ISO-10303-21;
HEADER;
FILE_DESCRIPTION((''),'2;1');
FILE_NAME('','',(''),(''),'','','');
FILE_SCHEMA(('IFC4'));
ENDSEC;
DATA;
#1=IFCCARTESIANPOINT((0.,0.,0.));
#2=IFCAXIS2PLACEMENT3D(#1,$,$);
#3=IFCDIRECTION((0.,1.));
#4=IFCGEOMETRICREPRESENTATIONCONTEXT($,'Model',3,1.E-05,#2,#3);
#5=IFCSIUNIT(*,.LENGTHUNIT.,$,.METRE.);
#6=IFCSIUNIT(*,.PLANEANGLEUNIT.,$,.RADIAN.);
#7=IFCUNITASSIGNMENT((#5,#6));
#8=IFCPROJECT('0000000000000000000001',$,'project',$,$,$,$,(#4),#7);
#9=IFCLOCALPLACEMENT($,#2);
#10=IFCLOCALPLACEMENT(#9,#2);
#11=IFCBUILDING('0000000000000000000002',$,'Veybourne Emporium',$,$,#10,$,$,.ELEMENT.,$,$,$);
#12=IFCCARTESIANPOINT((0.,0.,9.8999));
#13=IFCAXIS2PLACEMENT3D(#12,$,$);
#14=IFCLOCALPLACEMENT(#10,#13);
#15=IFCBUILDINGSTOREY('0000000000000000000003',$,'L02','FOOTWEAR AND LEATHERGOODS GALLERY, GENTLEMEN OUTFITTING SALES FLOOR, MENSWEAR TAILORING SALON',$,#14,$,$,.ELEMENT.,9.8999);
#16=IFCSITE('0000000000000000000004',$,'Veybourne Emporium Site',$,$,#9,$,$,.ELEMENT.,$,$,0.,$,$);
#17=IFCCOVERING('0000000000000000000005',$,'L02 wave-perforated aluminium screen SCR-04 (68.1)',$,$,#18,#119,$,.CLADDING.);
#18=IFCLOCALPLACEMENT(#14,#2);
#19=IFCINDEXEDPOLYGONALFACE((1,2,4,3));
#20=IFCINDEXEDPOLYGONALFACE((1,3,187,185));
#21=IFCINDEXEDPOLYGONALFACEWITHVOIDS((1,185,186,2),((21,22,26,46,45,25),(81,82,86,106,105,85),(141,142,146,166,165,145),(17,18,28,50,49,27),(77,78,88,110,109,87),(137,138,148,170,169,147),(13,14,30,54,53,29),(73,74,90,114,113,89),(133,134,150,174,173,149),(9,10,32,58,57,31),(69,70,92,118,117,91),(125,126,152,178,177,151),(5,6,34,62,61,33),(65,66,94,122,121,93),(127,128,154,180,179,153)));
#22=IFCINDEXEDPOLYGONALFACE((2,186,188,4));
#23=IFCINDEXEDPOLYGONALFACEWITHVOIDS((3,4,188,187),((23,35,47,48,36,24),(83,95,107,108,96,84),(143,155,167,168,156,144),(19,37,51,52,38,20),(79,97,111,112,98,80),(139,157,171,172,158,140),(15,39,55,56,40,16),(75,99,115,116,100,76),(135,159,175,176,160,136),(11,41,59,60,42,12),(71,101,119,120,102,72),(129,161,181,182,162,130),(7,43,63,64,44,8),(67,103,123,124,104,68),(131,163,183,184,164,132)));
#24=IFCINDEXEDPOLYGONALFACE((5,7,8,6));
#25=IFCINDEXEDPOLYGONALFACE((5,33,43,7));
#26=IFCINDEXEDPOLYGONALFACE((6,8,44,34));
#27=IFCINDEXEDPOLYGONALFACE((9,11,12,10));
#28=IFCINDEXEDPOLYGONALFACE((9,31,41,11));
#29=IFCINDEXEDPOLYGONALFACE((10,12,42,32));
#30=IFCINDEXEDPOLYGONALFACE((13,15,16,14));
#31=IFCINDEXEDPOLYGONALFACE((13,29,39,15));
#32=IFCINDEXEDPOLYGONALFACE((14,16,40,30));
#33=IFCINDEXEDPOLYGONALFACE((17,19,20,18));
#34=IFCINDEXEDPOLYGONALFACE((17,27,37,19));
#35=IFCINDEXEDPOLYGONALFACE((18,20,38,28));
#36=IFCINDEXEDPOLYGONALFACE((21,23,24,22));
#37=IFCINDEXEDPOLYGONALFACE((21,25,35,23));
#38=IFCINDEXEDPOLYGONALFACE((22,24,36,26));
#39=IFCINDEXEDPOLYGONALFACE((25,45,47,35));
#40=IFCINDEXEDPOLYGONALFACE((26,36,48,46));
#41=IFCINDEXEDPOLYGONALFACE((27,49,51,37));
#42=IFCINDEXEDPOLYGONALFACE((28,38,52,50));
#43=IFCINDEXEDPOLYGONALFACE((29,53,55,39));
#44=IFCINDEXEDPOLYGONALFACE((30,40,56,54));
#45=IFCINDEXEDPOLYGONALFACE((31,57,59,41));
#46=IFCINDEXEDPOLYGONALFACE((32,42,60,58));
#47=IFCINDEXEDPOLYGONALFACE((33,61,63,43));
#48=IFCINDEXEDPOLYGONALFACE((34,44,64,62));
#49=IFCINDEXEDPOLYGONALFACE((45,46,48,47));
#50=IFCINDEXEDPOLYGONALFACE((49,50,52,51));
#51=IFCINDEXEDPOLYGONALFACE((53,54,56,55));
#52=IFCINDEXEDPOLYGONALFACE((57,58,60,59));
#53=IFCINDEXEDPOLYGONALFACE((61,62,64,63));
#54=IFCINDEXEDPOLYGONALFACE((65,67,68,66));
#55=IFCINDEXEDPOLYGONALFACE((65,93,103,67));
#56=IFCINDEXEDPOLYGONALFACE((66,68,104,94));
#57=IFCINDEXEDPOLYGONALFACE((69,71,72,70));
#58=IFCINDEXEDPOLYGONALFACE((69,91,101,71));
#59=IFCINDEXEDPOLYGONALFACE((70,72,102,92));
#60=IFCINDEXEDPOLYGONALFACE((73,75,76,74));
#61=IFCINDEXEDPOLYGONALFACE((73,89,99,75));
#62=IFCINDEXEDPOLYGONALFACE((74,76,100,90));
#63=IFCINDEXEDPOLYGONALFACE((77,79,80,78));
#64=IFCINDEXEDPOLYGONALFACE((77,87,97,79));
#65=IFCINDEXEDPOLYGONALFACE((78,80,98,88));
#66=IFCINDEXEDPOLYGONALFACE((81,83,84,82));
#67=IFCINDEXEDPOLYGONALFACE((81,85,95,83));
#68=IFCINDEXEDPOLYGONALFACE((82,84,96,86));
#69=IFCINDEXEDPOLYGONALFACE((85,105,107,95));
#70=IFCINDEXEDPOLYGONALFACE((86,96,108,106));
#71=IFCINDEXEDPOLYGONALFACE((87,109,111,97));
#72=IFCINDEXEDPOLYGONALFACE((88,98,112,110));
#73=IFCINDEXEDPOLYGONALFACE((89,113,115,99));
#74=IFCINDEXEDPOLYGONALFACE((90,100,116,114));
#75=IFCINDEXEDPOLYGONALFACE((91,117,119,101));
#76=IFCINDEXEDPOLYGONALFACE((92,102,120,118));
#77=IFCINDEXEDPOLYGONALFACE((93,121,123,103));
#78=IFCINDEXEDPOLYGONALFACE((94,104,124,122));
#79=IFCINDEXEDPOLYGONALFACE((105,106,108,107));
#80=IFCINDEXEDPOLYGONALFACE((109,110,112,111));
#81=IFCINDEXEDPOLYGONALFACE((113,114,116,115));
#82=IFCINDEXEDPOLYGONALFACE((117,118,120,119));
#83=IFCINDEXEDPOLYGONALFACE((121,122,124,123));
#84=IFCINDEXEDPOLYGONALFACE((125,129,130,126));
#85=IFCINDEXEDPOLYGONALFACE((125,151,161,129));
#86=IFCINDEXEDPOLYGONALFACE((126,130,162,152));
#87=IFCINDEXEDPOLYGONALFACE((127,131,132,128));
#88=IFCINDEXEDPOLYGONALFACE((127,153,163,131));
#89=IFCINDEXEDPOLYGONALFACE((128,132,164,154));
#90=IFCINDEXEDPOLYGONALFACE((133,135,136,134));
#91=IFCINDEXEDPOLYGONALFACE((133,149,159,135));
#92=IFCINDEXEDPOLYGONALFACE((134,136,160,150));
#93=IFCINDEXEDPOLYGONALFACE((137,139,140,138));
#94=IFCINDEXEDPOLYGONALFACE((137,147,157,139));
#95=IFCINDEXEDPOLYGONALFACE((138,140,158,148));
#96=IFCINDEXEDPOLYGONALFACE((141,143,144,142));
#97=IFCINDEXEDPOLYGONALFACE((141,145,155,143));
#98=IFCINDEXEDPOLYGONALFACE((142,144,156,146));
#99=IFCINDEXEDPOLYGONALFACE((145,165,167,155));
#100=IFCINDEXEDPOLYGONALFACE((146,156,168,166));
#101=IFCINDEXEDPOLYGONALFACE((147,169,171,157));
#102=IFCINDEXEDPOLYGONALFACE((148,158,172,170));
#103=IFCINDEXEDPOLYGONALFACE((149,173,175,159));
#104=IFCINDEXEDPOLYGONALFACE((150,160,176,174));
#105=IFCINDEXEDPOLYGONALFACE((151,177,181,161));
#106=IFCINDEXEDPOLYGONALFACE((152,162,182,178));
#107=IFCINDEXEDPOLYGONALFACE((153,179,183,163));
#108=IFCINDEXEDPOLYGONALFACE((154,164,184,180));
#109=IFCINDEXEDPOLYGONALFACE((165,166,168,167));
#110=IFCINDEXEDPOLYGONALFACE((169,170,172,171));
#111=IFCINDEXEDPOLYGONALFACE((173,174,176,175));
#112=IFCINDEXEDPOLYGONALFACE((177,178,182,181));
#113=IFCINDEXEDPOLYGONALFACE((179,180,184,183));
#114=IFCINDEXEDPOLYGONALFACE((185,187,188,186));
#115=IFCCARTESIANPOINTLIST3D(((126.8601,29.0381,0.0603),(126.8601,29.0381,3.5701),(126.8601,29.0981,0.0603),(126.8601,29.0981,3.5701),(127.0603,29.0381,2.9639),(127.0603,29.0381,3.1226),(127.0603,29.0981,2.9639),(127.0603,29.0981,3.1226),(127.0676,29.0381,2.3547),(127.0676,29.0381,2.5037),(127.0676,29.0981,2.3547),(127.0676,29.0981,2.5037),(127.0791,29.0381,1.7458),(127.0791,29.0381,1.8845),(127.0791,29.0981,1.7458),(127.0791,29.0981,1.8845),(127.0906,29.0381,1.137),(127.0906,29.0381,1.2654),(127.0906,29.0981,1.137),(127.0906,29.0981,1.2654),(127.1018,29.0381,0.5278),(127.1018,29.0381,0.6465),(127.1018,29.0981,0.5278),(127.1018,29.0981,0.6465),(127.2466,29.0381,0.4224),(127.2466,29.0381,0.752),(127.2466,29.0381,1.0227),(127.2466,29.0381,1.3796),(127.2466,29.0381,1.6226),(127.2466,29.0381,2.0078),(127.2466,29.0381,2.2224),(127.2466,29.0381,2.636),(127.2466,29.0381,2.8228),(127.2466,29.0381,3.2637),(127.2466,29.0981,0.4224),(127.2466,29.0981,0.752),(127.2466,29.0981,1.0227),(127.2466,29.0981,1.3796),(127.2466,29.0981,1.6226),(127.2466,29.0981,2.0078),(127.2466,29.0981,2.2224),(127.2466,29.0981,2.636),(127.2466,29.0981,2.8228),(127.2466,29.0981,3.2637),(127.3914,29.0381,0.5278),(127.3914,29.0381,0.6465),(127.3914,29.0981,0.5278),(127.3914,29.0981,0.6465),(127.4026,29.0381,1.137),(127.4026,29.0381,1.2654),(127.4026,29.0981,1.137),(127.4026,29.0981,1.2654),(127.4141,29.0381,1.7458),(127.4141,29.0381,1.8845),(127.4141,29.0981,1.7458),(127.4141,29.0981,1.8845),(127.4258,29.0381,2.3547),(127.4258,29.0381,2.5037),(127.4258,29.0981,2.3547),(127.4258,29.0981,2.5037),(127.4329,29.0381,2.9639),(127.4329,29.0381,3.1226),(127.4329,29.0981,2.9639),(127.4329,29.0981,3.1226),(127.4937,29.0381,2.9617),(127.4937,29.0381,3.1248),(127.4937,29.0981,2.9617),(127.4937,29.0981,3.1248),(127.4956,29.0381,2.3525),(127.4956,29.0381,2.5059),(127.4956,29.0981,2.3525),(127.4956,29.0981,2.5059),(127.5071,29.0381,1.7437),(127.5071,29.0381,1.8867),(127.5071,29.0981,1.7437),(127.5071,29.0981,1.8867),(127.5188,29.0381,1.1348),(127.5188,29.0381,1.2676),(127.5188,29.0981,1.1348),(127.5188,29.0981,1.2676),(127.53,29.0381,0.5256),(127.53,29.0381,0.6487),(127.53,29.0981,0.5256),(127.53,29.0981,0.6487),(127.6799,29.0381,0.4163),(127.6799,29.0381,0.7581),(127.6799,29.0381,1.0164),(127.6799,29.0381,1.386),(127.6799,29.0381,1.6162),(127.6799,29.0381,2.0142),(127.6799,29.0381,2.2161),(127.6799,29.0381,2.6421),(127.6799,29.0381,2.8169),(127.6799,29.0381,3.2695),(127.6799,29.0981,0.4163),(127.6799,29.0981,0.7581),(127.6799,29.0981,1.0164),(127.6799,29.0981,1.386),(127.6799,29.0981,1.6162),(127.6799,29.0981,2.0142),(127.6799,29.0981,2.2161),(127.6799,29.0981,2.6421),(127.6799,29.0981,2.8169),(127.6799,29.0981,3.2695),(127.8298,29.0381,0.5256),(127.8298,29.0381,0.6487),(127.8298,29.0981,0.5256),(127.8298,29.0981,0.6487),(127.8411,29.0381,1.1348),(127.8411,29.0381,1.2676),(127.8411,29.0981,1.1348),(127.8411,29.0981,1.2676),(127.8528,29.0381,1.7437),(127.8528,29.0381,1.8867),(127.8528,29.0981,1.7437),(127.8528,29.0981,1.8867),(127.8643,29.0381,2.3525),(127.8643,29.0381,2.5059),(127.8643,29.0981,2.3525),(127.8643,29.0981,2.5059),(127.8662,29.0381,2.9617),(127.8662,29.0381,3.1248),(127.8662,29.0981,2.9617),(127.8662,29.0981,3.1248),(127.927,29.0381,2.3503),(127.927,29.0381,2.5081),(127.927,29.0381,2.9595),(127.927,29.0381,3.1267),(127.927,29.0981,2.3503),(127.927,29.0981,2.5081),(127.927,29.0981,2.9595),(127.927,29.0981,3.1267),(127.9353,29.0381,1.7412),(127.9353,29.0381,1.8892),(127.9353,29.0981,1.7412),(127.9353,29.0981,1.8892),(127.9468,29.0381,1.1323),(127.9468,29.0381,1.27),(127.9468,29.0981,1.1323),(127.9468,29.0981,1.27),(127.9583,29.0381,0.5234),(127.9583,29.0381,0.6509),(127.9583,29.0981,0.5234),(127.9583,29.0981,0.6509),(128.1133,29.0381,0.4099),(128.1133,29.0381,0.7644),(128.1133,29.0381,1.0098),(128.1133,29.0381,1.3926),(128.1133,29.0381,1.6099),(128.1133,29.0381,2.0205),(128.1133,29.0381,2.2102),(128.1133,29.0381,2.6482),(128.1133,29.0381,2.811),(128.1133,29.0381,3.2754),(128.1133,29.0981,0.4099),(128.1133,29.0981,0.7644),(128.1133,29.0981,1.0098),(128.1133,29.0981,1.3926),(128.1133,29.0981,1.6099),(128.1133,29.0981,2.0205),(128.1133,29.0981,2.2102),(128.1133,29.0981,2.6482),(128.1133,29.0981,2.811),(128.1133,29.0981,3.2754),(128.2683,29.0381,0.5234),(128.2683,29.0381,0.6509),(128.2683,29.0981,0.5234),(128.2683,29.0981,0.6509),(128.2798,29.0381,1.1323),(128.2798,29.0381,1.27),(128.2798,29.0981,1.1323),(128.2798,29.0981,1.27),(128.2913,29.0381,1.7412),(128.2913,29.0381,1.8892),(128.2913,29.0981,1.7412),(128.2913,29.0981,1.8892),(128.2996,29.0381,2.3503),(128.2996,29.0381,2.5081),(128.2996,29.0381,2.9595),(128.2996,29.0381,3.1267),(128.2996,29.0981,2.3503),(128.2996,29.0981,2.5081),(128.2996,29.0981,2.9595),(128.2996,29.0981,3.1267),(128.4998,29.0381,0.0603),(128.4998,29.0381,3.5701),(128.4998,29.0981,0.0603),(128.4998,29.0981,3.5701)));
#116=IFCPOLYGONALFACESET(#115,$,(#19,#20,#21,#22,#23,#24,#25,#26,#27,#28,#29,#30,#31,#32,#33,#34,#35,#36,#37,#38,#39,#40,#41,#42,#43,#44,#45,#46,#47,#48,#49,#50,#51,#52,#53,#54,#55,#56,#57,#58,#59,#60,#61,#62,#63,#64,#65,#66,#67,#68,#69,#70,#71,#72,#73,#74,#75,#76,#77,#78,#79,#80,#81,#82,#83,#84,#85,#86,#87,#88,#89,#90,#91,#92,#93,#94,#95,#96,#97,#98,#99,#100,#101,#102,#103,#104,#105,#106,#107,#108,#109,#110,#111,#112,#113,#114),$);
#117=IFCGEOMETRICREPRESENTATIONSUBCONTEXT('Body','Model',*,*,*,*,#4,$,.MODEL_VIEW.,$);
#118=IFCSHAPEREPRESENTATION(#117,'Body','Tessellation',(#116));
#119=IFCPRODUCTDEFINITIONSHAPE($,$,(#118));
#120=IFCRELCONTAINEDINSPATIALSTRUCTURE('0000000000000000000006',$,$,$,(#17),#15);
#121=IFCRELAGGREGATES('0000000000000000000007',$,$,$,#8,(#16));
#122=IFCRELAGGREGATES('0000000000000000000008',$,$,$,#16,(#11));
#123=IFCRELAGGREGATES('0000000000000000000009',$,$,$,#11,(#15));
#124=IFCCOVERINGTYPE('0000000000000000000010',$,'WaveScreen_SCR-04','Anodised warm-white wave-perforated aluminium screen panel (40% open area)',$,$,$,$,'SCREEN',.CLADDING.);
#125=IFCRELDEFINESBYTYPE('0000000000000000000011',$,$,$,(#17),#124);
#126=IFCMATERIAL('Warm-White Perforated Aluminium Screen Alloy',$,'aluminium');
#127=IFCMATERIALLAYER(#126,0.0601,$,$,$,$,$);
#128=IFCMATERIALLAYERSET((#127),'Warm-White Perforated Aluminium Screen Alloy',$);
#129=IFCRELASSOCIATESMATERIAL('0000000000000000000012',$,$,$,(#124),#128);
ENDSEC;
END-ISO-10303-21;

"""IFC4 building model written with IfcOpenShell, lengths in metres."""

from ifc_helpers import new_model, si_unit, direction, frame, origin, place, context, subcontext, project, spatial, polyline, outline, extrude, material, layer, layer_set, type_object, element, save


model = new_model("IFC4")

# Units and contexts
model_context = context("Model", 3, precision=1e-05, world=origin(), true_north=direction((0.0, 1.0)))
body_context = subcontext(model_context, "Body", "Model", "MODEL_VIEW")
ifc_project = project(units=[si_unit("LENGTHUNIT", "METRE"), si_unit("PLANEANGLEUNIT", "RADIAN")], contexts=[model_context])

# Site, building, storey
site_placement = place(None, origin())
site = spatial("IfcSite", under=ifc_project, at=site_placement, Name="Veybourne Emporium Site", CompositionType="ELEMENT", RefElevation=0.0)
building_placement = place(site_placement, origin())
building = spatial("IfcBuilding", under=site, at=building_placement, Name="Veybourne Emporium", CompositionType="ELEMENT")
storey_placement = place(building_placement, frame((0.0, 0.0, 9.8999)))
storey = spatial("IfcBuildingStorey", under=building, at=storey_placement, Name="L02", Description="FOOTWEAR AND LEATHERGOODS GALLERY, GENTLEMEN OUTFITTING SALES FLOOR, MENSWEAR TAILORING SALON", CompositionType="ELEMENT", Elevation=9.8999)

# Covering
ifc_material_1 = material(Name="Warm-White Perforated Aluminium Screen Alloy", Category="aluminium")
ifc_layer_1 = layer(ifc_material_1, 0.0601)
ifc_layer_set_1 = layer_set([ifc_layer_1], Name="Warm-White Perforated Aluminium Screen Alloy")
covering_type_1 = type_object("IfcCoveringType", Name="WaveScreen_SCR-04", Description="Anodised warm-white wave-perforated aluminium screen panel (40% open area)", ElementType="SCREEN", PredefinedType="CLADDING", material=ifc_layer_set_1)
covering_1_placement = place(storey_placement, frame((127.6799, 29.0981, 1.8152), z_axis=(0.0, -1.0, 0.0), x_axis=(1.0, 0.0, 0.0)))
element("IfcCovering", 1, at=covering_1_placement, inside=storey, type_object=covering_type_1, Name="L02 wave-perforated aluminium screen SCR-04 (68.1)", PredefinedType="CLADDING", context=body_context, shape_type="SweptSolid", body=[
    extrude(outline(polyline([(-0.8198, -1.7549), (0.8198, -1.7549), (0.8198, 1.7549), (-0.8198, 1.7549), (-0.8198, -1.7549)]), holes=[polyline([(-0.4333, -1.0632), (-0.2886, -1.1687), (-0.2886, -1.2874), (-0.4333, -1.3928), (-0.5781, -1.2874), (-0.5781, -1.1687), (-0.4333, -1.0632)]), polyline([(-0.4333, -0.4355), (-0.2773, -0.5498), (-0.2773, -0.6782), (-0.4333, -0.7925), (-0.5894, -0.6782), (-0.5894, -0.5498), (-0.4333, -0.4355)]), polyline([(-0.4333, 0.1926), (-0.2659, 0.0693), (-0.2659, -0.0693), (-0.4333, -0.1926), (-0.6008, -0.0693), (-0.6008, 0.0693), (-0.4333, 0.1926)]), polyline([(-0.4333, 0.8208), (-0.2542, 0.6885), (-0.2542, 0.5396), (-0.4333, 0.4072), (-0.6123, 0.5396), (-0.6123, 0.6885), (-0.4333, 0.8208)]), polyline([(-0.4333, 1.4485), (-0.2471, 1.3074), (-0.2471, 1.1487), (-0.4333, 1.0076), (-0.6196, 1.1487), (-0.6196, 1.3074), (-0.4333, 1.4485)]), polyline([(0.0, -1.0571), (0.1499, -1.1665), (0.1499, -1.2896), (0.0, -1.3989), (-0.1499, -1.2896), (-0.1499, -1.1665), (0.0, -1.0571)]), polyline([(0.0, -0.4292), (0.1611, -0.5476), (0.1611, -0.6804), (0.0, -0.7988), (-0.1611, -0.6804), (-0.1611, -0.5476), (0.0, -0.4292)]), polyline([(0.0, 0.199), (0.1729, 0.0715), (0.1729, -0.0715), (0.0, -0.199), (-0.1729, -0.0715), (-0.1729, 0.0715), (0.0, 0.199)]), polyline([(0.0, 0.8269), (0.1843, 0.6907), (0.1843, 0.5374), (0.0, 0.4009), (-0.1843, 0.5374), (-0.1843, 0.6907), (0.0, 0.8269)]), polyline([(0.0, 1.4543), (0.1863, 1.3096), (0.1863, 1.1465), (0.0, 1.0017), (-0.1863, 1.1465), (-0.1863, 1.3096), (0.0, 1.4543)]), polyline([(0.4333, -1.0508), (0.5884, -1.1643), (0.5884, -1.2917), (0.4333, -1.4053), (0.2783, -1.2917), (0.2783, -1.1643), (0.4333, -1.0508)]), polyline([(0.4333, -0.4226), (0.5999, -0.5452), (0.5999, -0.6829), (0.4333, -0.8054), (0.2668, -0.6829), (0.2668, -0.5452), (0.4333, -0.4226)]), polyline([(0.4333, 0.2053), (0.6113, 0.074), (0.6113, -0.074), (0.4333, -0.2053), (0.2554, -0.074), (0.2554, 0.074), (0.4333, 0.2053)]), polyline([(0.4333, 0.833), (0.6196, 0.6929), (0.6196, 0.5352), (0.4333, 0.395), (0.2471, 0.5352), (0.2471, 0.6929), (0.4333, 0.833)]), polyline([(0.4333, 1.4602), (0.6196, 1.3115), (0.6196, 1.1443), (0.4333, 0.9958), (0.2471, 1.1443), (0.2471, 1.3115), (0.4333, 1.4602)])]), origin(), (0.0, 0.0, 1.0), 0.0601),
])

save(model, "model.ifc")
